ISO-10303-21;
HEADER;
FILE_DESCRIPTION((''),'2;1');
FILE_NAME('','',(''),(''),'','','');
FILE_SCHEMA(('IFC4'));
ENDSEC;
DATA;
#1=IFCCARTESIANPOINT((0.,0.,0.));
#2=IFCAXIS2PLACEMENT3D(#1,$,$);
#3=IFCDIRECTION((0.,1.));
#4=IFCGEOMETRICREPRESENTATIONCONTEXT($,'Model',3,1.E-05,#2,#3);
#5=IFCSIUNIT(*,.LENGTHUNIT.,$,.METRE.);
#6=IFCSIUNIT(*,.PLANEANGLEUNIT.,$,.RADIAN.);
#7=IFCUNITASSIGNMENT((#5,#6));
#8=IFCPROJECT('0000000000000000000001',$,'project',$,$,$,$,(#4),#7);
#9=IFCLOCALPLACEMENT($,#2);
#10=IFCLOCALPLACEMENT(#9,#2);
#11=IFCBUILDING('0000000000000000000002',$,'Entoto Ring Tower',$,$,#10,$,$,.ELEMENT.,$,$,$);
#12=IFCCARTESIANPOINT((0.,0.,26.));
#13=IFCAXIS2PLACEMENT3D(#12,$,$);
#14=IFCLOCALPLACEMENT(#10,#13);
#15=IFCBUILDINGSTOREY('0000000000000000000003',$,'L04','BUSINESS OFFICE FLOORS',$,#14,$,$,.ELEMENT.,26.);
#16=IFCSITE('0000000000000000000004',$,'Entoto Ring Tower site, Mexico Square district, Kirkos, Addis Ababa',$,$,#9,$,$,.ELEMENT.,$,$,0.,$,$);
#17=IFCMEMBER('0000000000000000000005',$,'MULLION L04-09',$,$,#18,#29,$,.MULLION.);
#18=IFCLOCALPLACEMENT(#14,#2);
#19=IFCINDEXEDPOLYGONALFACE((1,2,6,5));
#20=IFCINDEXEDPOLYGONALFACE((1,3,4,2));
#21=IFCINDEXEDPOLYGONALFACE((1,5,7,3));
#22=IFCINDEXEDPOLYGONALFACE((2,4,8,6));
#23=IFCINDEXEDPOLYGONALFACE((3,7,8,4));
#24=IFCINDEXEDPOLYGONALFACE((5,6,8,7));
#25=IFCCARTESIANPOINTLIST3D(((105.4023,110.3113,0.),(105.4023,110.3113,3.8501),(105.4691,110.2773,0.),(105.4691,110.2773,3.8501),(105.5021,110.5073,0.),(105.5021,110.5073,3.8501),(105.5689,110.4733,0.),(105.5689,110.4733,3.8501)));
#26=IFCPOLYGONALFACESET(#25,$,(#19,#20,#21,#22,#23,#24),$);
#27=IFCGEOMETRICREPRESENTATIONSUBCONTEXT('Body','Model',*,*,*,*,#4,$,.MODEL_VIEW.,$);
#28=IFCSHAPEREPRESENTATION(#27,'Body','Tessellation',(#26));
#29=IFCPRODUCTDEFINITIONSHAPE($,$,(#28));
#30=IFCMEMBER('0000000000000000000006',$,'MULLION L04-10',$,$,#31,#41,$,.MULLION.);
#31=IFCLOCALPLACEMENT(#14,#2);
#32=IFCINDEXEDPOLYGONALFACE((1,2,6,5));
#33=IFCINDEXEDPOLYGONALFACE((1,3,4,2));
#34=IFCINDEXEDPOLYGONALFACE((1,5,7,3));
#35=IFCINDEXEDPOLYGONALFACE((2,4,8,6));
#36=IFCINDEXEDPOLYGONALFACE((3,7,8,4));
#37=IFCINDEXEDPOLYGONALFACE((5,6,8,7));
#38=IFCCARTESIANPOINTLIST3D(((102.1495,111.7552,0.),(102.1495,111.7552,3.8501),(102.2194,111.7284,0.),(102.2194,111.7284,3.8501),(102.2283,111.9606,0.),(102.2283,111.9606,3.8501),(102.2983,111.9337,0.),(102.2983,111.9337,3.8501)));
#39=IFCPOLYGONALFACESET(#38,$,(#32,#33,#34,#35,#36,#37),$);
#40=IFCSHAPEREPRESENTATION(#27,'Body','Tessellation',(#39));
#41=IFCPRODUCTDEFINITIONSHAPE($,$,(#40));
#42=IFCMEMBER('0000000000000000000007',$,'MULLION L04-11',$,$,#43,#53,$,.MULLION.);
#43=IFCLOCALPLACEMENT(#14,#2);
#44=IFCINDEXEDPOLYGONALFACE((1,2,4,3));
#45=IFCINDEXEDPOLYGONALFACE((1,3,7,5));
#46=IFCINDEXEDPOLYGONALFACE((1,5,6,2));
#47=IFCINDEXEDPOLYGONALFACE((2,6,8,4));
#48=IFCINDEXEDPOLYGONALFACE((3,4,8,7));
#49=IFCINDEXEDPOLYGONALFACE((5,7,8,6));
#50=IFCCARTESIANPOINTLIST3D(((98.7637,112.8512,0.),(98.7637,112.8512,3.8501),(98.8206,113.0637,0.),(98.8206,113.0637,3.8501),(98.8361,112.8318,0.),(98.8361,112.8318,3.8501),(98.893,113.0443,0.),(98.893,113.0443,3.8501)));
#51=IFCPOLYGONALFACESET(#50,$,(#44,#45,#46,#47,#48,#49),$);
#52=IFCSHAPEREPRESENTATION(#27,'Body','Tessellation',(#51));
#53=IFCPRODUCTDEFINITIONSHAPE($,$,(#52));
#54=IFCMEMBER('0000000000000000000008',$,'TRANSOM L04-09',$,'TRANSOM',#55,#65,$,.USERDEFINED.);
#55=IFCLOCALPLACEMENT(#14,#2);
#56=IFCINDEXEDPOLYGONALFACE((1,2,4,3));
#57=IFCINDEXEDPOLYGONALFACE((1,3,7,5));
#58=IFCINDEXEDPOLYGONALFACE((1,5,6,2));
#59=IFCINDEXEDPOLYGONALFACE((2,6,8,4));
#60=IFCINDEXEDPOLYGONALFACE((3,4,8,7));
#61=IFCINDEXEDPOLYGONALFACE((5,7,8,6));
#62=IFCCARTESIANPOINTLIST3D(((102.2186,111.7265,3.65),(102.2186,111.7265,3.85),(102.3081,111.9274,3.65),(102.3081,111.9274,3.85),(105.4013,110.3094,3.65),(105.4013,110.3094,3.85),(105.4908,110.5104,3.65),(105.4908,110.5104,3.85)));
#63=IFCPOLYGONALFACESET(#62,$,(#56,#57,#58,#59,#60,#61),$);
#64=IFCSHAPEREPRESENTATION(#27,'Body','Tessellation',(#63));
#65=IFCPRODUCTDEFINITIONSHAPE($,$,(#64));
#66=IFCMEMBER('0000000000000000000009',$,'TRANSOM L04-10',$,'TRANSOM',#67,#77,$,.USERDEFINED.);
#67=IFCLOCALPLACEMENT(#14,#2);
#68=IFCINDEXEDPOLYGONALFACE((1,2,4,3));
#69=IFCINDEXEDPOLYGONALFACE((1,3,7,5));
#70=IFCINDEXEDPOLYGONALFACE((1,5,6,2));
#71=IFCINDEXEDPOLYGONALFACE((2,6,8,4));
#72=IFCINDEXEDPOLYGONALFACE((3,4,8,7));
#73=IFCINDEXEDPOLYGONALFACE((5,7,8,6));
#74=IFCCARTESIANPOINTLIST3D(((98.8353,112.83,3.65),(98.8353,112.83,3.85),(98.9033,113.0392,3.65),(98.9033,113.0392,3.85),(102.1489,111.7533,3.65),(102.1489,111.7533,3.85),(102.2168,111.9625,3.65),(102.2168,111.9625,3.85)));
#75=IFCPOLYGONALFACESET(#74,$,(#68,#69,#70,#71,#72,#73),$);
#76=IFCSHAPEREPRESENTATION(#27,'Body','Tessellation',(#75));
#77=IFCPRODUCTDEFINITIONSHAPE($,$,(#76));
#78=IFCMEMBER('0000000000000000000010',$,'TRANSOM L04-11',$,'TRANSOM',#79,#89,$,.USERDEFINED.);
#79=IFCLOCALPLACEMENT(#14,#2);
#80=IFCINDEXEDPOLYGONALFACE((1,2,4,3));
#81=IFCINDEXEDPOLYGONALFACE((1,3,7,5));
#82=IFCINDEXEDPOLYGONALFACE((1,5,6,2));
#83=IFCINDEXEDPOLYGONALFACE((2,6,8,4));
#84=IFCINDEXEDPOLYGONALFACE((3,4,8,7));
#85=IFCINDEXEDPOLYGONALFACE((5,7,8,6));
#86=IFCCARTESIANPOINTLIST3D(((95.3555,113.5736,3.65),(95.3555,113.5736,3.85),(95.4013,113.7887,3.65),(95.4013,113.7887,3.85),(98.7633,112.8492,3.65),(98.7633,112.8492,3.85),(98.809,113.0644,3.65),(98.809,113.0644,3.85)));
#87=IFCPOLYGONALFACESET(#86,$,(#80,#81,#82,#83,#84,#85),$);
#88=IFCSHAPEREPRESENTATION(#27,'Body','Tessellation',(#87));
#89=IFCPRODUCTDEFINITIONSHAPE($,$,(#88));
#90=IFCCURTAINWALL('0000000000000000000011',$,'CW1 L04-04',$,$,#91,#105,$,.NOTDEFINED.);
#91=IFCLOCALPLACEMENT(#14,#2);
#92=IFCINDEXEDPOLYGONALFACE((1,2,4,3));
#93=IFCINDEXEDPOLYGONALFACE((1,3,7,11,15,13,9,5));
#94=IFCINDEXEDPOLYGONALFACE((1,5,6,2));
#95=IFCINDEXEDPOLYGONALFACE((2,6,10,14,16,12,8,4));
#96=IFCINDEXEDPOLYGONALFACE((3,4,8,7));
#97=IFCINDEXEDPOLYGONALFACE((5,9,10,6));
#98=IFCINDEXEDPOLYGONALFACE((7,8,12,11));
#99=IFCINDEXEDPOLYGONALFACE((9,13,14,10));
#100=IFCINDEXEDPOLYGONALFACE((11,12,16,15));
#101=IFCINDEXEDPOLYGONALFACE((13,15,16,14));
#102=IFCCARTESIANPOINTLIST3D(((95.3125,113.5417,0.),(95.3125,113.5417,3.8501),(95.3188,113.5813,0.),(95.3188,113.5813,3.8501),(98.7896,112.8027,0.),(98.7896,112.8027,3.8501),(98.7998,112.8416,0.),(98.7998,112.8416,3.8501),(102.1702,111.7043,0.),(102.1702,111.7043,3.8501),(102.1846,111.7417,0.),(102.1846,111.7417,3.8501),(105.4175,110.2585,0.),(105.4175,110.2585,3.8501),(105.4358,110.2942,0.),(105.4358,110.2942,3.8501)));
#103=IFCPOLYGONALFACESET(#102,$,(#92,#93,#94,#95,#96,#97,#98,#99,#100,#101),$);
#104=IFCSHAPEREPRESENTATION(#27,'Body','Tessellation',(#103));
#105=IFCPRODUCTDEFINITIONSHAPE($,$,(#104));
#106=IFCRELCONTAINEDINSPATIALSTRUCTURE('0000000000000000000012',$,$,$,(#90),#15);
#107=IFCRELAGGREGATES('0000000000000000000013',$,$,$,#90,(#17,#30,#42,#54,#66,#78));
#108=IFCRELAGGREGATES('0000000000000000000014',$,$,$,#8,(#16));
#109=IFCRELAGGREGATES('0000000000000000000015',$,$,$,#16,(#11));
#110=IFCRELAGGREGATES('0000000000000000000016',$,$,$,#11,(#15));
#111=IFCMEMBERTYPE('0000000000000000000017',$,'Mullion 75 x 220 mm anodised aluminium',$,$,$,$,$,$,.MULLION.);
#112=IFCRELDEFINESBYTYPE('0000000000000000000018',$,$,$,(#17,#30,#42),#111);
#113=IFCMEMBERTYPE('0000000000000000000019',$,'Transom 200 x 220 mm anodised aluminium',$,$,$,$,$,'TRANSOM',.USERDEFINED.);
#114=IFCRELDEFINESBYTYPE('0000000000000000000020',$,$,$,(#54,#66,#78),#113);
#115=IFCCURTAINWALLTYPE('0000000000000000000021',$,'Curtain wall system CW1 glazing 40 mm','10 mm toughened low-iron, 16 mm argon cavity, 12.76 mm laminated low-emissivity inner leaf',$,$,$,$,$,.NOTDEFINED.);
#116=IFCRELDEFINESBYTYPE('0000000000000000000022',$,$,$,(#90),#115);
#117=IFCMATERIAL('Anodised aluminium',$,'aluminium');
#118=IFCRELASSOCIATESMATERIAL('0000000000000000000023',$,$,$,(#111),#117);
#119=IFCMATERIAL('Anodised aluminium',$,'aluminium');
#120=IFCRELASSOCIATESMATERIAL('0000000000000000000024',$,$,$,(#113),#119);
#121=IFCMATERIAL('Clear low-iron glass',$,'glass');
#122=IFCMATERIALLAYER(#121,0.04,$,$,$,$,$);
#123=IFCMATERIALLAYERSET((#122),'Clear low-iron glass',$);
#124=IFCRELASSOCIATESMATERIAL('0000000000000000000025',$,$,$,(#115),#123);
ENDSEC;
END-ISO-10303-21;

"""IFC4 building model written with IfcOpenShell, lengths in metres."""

from ifc_helpers import new_model, si_unit, direction, frame, origin, origin_2d, place, context, subcontext, project, spatial, polyline, rectangle, outline, extrude, material, layer, layer_set, material_profile, profile_set, type_object, element, aggregate, save


model = new_model("IFC4")

# Units and contexts
model_context = context("Model", 3, precision=1e-05, world=origin(), true_north=direction((0.0, 1.0)))
body_context = subcontext(model_context, "Body", "Model", "MODEL_VIEW")
ifc_project = project(units=[si_unit("LENGTHUNIT", "METRE"), si_unit("PLANEANGLEUNIT", "RADIAN")], contexts=[model_context])

# Members
ifc_material_1 = material(Name="Anodised aluminium", Category="aluminium")
ifc_material_profile_1 = material_profile(ifc_material_1, rectangle(XDim=0.075, YDim=0.22, at=origin_2d()), Name="Mullion 75 x 220 mm anodised aluminium")
ifc_profile_set_1 = profile_set([ifc_material_profile_1], Name="Anodised aluminium")
member_type_1 = type_object("IfcMemberType", Name="Mullion 75 x 220 mm anodised aluminium", PredefinedType="MULLION", material=ifc_profile_set_1)
site_placement = place(None, origin())
building_placement = place(site_placement, origin())
storey_placement = place(building_placement, frame((0.0, 0.0, 26.0)))
member_1_placement = place(storey_placement, frame((105.4856, 110.3923, 0.0), z_axis=(0.0, 0.0, 1.0), x_axis=(-0.891007, 0.45399, 0.0)))
member_1 = element("IfcMember", 1, at=member_1_placement, type_object=member_type_1, Name="MULLION L04-09", PredefinedType="MULLION", context=body_context, shape_type="SweptSolid", body=[
    extrude(rectangle(XDim=0.075, YDim=0.22, at=origin_2d()), origin(), (0.0, 0.0, 1.0), 3.8501),
])
member_2_placement = place(storey_placement, frame((102.2239, 111.8445, 0.0), z_axis=(0.0, 0.0, 1.0), x_axis=(-0.93358, 0.358368, 0.0)))
member_2 = element("IfcMember", 2, at=member_2_placement, type_object=member_type_1, Name="MULLION L04-10", PredefinedType="MULLION", context=body_context, shape_type="SweptSolid", body=[
    extrude(rectangle(XDim=0.075, YDim=0.22, at=origin_2d()), origin(), (0.0, 0.0, 1.0), 3.8501),
])
member_3_placement = place(storey_placement, frame((98.8284, 112.9478, 0.0), z_axis=(0.0, 0.0, 1.0), x_axis=(-0.965926, 0.258819, 0.0)))
member_3 = element("IfcMember", 3, at=member_3_placement, type_object=member_type_1, Name="MULLION L04-11", PredefinedType="MULLION", context=body_context, shape_type="SweptSolid", body=[
    extrude(rectangle(XDim=0.075, YDim=0.22, at=origin_2d()), origin(), (0.0, 0.0, 1.0), 3.8501),
])
ifc_material_2 = material(Name="Anodised aluminium", Category="aluminium")
ifc_material_profile_2 = material_profile(ifc_material_2, rectangle(XDim=0.22, YDim=0.2, at=origin_2d()), Name="Transom 200 x 220 mm anodised aluminium")
ifc_profile_set_2 = profile_set([ifc_material_profile_2], Name="Anodised aluminium")
member_type_2 = type_object("IfcMemberType", Name="Transom 200 x 220 mm anodised aluminium", ElementType="TRANSOM", PredefinedType="USERDEFINED", material=ifc_profile_set_2)
member_4_placement = place(storey_placement, frame((105.446, 110.4099, 3.75), z_axis=(-0.913545, 0.406737, 0.0), x_axis=(-0.406737, -0.913545, 0.0)))
member_4 = element("IfcMember", 4, at=member_4_placement, type_object=member_type_2, Name="TRANSOM L04-09", ObjectType="TRANSOM", PredefinedType="USERDEFINED", context=body_context, shape_type="SweptSolid", body=[
    extrude(rectangle(XDim=0.22, YDim=0.2, at=origin_2d()), origin(), (0.0, 0.0, 1.0), 3.4839),
])
member_5_placement = place(storey_placement, frame((102.1829, 111.8579, 3.75), z_axis=(-0.951053, 0.309029, 0.0), x_axis=(-0.309029, -0.951053, 0.0)))
member_5 = element("IfcMember", 5, at=member_5_placement, type_object=member_type_2, Name="TRANSOM L04-10", ObjectType="TRANSOM", PredefinedType="USERDEFINED", context=body_context, shape_type="SweptSolid", body=[
    extrude(rectangle(XDim=0.22, YDim=0.2, at=origin_2d()), origin(), (0.0, 0.0, 1.0), 3.4841),
])
member_6_placement = place(storey_placement, frame((98.7861, 112.9568, 3.75), z_axis=(-0.978146, 0.207921, 0.0), x_axis=(-0.207921, -0.978146, 0.0)))
member_6 = element("IfcMember", 6, at=member_6_placement, type_object=member_type_2, Name="TRANSOM L04-11", ObjectType="TRANSOM", PredefinedType="USERDEFINED", context=body_context, shape_type="SweptSolid", body=[
    extrude(rectangle(XDim=0.22, YDim=0.2, at=origin_2d()), origin(), (0.0, 0.0, 1.0), 3.4839),
])

# Site, building, storey
site = spatial("IfcSite", under=ifc_project, at=site_placement, Name="Entoto Ring Tower site, Mexico Square district, Kirkos, Addis Ababa", CompositionType="ELEMENT", RefElevation=0.0)
building = spatial("IfcBuilding", under=site, at=building_placement, Name="Entoto Ring Tower", CompositionType="ELEMENT")
storey = spatial("IfcBuildingStorey", under=building, at=storey_placement, Name="L04", Description="BUSINESS OFFICE FLOORS", CompositionType="ELEMENT", Elevation=26.0)

# Curtain wall
ifc_material_3 = material(Name="Clear low-iron glass", Category="glass")
ifc_layer = layer(ifc_material_3, 0.04)
ifc_layer_set = layer_set([ifc_layer], Name="Clear low-iron glass")
curtain_wall_type = type_object("IfcCurtainWallType", Name="Curtain wall system CW1 glazing 40 mm", Description="10 mm toughened low-iron, 16 mm argon cavity, 12.76 mm laminated low-emissivity inner leaf", PredefinedType="NOTDEFINED", material=ifc_layer_set)
curtain_wall_1_placement = place(storey_placement, origin())
curtain_wall_1 = element("IfcCurtainWall", 7, at=curtain_wall_1_placement, inside=storey, type_object=curtain_wall_type, Name="CW1 L04-04", PredefinedType="NOTDEFINED", context=body_context, shape_type="SweptSolid", body=[
    extrude(outline(polyline([(105.4358, 110.2942), (102.1846, 111.7417), (98.7998, 112.8416), (95.3188, 113.5813), (95.3125, 113.5417), (98.7896, 112.8027), (102.1702, 111.7043), (105.4175, 110.2585), (105.4358, 110.2942)])), origin(), (0.0, 0.0, 1.0), 3.8501),
])
aggregate(curtain_wall_1, [member_1, member_2, member_3, member_4, member_5, member_6])

save(model, "model.ifc")
